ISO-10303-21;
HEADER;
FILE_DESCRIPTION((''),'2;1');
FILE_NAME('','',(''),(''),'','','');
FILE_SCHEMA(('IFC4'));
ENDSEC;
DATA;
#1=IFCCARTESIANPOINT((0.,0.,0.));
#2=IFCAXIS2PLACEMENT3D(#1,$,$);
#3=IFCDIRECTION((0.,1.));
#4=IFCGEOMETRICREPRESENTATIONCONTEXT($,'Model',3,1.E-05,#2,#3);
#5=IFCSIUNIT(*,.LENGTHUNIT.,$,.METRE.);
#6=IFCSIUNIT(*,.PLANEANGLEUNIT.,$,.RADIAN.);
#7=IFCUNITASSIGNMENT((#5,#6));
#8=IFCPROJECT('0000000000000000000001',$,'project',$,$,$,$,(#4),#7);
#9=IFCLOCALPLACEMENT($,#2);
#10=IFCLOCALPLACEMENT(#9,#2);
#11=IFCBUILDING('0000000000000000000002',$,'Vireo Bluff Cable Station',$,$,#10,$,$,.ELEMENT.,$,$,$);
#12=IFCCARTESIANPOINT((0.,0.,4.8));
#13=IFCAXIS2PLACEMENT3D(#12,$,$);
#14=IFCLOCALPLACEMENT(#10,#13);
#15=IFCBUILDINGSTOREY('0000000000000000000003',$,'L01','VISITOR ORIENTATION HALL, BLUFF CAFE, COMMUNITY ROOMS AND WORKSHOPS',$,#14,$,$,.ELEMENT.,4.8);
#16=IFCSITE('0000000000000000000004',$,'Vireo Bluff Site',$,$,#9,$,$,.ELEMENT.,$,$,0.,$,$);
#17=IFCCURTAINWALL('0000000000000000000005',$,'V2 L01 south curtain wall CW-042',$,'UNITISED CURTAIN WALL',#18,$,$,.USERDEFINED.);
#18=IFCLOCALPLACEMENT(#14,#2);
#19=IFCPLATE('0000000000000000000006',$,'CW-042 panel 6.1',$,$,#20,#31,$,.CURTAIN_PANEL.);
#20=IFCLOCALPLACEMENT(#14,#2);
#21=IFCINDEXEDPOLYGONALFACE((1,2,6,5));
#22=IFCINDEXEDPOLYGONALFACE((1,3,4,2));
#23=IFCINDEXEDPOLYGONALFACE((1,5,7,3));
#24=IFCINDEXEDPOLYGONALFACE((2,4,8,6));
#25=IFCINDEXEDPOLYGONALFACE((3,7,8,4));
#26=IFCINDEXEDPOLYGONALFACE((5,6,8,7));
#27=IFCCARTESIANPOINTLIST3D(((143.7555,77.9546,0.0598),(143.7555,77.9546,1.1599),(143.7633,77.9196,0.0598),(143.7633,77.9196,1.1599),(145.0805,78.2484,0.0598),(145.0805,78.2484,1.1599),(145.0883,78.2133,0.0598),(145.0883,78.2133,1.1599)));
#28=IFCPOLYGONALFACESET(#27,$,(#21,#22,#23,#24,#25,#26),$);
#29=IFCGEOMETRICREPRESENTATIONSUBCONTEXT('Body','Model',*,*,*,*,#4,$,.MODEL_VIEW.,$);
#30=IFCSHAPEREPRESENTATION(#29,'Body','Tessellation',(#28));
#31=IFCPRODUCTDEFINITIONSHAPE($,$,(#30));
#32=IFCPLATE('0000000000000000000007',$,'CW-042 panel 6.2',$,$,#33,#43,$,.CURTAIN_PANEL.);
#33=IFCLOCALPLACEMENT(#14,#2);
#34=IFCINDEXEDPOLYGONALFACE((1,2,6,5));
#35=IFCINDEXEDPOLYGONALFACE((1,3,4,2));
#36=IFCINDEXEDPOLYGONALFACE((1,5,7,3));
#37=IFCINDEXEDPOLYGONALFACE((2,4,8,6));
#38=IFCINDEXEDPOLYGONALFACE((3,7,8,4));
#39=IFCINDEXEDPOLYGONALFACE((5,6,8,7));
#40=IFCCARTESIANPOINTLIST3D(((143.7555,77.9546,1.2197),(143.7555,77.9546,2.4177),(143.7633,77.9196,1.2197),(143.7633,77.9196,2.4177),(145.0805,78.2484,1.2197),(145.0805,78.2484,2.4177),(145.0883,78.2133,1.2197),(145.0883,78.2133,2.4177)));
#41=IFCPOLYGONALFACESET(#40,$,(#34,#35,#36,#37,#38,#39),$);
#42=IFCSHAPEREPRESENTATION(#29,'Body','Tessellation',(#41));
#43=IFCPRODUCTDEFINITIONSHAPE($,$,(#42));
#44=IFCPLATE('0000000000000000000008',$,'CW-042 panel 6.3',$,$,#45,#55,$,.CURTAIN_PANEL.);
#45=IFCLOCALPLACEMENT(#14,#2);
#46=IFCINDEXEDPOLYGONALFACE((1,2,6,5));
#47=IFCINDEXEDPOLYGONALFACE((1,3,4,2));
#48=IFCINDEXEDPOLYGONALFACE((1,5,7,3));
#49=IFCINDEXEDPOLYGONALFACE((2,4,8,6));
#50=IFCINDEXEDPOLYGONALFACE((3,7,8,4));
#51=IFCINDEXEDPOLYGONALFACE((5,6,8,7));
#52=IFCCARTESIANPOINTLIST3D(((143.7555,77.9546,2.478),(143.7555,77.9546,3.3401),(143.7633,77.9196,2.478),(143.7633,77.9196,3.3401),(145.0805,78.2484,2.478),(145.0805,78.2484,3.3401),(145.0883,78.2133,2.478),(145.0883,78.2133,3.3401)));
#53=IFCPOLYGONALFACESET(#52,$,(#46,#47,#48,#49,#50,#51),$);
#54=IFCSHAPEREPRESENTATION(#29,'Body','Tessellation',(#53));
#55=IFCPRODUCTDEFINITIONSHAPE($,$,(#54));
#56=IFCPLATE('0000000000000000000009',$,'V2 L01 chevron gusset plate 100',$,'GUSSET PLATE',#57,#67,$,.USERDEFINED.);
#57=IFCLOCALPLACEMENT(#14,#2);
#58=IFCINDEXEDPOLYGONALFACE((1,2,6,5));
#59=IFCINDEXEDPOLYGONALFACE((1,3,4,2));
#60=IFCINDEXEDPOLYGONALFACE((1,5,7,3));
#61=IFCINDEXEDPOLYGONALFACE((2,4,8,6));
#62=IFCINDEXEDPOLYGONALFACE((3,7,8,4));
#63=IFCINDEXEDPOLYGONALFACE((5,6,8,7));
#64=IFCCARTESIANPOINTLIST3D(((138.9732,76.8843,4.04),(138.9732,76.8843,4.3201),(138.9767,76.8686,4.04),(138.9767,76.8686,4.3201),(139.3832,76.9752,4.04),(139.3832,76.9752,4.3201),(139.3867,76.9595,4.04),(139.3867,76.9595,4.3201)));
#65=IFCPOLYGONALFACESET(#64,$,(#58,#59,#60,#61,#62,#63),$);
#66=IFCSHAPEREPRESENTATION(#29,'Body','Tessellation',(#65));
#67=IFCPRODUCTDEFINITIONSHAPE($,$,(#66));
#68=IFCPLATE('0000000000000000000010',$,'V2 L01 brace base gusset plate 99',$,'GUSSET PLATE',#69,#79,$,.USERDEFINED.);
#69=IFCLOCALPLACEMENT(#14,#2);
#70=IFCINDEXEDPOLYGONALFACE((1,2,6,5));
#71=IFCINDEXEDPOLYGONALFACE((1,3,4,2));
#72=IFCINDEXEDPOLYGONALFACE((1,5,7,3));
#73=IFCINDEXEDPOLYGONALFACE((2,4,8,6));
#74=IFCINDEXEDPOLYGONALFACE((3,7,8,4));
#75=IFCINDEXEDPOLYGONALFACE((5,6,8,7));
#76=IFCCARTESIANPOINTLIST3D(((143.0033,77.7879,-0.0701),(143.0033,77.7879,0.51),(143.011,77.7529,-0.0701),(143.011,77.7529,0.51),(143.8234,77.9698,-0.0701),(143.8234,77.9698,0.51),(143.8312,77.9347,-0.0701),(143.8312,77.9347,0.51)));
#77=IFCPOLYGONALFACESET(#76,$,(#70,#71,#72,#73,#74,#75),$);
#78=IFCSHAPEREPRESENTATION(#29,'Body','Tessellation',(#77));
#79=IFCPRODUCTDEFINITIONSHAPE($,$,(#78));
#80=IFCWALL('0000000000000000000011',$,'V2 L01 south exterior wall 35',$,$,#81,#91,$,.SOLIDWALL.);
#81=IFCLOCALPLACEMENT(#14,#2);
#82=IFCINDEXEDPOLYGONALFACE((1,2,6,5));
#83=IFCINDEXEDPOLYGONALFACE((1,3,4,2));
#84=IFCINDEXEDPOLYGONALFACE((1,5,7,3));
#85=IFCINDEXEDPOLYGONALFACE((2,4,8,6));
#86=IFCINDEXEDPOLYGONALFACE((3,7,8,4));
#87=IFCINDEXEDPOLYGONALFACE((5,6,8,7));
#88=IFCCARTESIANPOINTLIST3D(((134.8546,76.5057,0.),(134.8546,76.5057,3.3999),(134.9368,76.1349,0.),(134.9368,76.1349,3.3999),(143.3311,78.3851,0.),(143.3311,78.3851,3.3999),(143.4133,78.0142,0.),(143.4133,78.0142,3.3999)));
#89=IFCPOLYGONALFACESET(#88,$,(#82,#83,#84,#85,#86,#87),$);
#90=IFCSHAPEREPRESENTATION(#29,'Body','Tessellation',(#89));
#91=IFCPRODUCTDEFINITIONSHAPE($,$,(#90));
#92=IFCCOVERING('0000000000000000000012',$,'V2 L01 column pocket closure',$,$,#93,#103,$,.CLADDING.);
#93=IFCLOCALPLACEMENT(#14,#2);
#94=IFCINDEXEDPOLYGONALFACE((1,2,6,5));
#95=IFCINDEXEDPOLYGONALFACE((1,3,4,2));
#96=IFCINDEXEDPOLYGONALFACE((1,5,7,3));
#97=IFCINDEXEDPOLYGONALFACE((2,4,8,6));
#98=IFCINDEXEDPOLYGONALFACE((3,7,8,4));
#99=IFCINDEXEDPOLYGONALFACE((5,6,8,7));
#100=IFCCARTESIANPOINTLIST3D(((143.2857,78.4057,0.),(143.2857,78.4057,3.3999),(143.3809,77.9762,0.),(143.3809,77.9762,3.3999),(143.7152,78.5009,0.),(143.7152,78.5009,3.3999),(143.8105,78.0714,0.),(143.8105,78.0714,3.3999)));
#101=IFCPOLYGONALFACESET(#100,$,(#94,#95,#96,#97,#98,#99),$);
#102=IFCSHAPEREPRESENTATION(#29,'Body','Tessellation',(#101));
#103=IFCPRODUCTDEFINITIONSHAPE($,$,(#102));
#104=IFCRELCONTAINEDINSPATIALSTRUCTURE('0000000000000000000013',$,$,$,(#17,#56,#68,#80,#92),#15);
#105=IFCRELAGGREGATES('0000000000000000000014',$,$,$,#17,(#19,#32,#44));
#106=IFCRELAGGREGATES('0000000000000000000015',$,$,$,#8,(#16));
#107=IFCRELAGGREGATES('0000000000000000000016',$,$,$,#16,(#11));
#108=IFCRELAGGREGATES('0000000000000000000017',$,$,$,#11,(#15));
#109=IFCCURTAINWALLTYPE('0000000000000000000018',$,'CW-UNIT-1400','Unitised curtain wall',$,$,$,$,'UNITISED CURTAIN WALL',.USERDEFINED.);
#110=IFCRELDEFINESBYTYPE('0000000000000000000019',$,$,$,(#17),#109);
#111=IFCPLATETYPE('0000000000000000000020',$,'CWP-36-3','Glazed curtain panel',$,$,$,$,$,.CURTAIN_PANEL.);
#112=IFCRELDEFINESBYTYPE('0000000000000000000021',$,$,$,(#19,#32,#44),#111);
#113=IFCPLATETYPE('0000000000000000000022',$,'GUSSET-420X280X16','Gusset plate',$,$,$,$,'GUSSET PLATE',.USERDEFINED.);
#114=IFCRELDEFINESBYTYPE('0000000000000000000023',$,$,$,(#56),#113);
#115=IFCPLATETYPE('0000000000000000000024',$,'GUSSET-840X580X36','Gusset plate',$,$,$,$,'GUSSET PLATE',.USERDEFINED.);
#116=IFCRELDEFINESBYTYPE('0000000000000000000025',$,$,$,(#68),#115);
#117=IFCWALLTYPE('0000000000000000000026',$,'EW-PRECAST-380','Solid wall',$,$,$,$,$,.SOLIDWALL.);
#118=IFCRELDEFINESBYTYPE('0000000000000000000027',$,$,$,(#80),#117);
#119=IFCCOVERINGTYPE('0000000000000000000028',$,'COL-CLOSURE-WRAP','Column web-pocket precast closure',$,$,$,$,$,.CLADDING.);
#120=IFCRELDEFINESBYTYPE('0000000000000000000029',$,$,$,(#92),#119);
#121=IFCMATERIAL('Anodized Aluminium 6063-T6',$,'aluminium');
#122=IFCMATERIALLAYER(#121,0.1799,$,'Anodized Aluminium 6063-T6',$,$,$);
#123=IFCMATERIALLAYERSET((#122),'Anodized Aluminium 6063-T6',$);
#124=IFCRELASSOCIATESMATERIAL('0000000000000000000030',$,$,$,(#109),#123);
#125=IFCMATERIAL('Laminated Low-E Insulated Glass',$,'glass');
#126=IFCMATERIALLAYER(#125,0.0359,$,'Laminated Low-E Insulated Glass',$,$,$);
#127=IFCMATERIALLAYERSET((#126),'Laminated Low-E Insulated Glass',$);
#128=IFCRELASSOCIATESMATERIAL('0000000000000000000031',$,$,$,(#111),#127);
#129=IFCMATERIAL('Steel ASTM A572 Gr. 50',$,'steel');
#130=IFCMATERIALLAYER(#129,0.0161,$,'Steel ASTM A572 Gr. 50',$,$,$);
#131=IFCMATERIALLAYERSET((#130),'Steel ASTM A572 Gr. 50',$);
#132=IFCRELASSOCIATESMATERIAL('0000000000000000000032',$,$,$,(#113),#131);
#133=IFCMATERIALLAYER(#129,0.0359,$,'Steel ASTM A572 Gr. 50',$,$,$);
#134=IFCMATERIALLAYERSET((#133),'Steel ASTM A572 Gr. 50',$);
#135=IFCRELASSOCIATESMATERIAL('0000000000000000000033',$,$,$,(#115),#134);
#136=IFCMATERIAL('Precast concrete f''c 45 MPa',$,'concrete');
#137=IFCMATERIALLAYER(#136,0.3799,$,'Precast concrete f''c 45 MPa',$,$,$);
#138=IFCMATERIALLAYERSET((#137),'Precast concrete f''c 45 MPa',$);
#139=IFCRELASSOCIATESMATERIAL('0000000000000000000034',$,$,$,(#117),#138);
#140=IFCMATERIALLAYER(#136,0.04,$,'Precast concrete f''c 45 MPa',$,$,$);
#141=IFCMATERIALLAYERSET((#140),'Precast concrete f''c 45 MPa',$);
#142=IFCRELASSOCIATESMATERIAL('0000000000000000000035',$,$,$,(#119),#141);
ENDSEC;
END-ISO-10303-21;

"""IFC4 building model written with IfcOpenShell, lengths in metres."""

from ifc_helpers import new_model, si_unit, direction, frame, frame_2d, origin, origin_2d, place, context, subcontext, project, spatial, rectangle, extrude, material, layer, layer_set, type_object, element, aggregate, save


model = new_model("IFC4")

# Units and contexts
model_context = context("Model", 3, precision=1e-05, world=origin(), true_north=direction((0.0, 1.0)))
body_context = subcontext(model_context, "Body", "Model", "MODEL_VIEW")
ifc_project = project(units=[si_unit("LENGTHUNIT", "METRE"), si_unit("PLANEANGLEUNIT", "RADIAN")], contexts=[model_context])

# Site, building, storey
site_placement = place(None, origin())
site = spatial("IfcSite", under=ifc_project, at=site_placement, Name="Vireo Bluff Site", CompositionType="ELEMENT", RefElevation=0.0)
building_placement = place(site_placement, origin())
building = spatial("IfcBuilding", under=site, at=building_placement, Name="Vireo Bluff Cable Station", CompositionType="ELEMENT")
storey_placement = place(building_placement, frame((0.0, 0.0, 4.8)))
storey = spatial("IfcBuildingStorey", under=building, at=storey_placement, Name="L01", Description="VISITOR ORIENTATION HALL, BLUFF CAFE, COMMUNITY ROOMS AND WORKSHOPS", CompositionType="ELEMENT", Elevation=4.8)

# Curtain wall
ifc_material_1 = material(Name="Anodized Aluminium 6063-T6", Category="aluminium")
ifc_layer_1 = layer(ifc_material_1, 0.1799, Name="Anodized Aluminium 6063-T6")
ifc_layer_set_1 = layer_set([ifc_layer_1], Name="Anodized Aluminium 6063-T6")
curtain_wall_type = type_object("IfcCurtainWallType", Name="CW-UNIT-1400", Description="Unitised curtain wall", ElementType="UNITISED CURTAIN WALL", PredefinedType="USERDEFINED", material=ifc_layer_set_1)
curtain_wall_placement = place(storey_placement, origin())
curtain_wall = element("IfcCurtainWall", 1, at=curtain_wall_placement, inside=storey, type_object=curtain_wall_type, Name="V2 L01 south curtain wall CW-042", ObjectType="UNITISED CURTAIN WALL", PredefinedType="USERDEFINED")

# Plates
ifc_material_2 = material(Name="Laminated Low-E Insulated Glass", Category="glass")
ifc_layer_2 = layer(ifc_material_2, 0.0359, Name="Laminated Low-E Insulated Glass")
ifc_layer_set_2 = layer_set([ifc_layer_2], Name="Laminated Low-E Insulated Glass")
plate_type_1 = type_object("IfcPlateType", Name="CWP-36-3", Description="Glazed curtain panel", PredefinedType="CURTAIN_PANEL", material=ifc_layer_set_2)
plate_1_placement = place(storey_placement, frame((144.4219, 78.084, 0.0598), z_axis=(0.0, 0.0, 1.0), x_axis=(-0.976296, -0.21644, 0.0)))
plate_1 = element("IfcPlate", 2, at=plate_1_placement, type_object=plate_type_1, Name="CW-042 panel 6.1", PredefinedType="CURTAIN_PANEL", context=body_context, shape_type="SweptSolid", body=[
    extrude(rectangle(XDim=1.3572, YDim=0.0359, at=origin_2d()), origin(), (0.0, 0.0, 1.0), 1.1001),
])
plate_2_placement = place(storey_placement, frame((144.4219, 78.084, 1.2197), z_axis=(0.0, 0.0, 1.0), x_axis=(-0.976296, -0.21644, 0.0)))
plate_2 = element("IfcPlate", 3, at=plate_2_placement, type_object=plate_type_1, Name="CW-042 panel 6.2", PredefinedType="CURTAIN_PANEL", context=body_context, shape_type="SweptSolid", body=[
    extrude(rectangle(XDim=1.3572, YDim=0.0359, at=origin_2d()), origin(), (0.0, 0.0, 1.0), 1.198),
])
plate_3_placement = place(storey_placement, frame((144.4219, 78.084, 2.478), z_axis=(0.0, 0.0, 1.0), x_axis=(-0.976296, -0.21644, 0.0)))
plate_3 = element("IfcPlate", 4, at=plate_3_placement, type_object=plate_type_1, Name="CW-042 panel 6.3", PredefinedType="CURTAIN_PANEL", context=body_context, shape_type="SweptSolid", body=[
    extrude(rectangle(XDim=1.3572, YDim=0.0359, at=origin_2d()), origin(), (0.0, 0.0, 1.0), 0.8621),
])
aggregate(curtain_wall, [plate_1, plate_2, plate_3])

# Plates
ifc_material_3 = material(Name="Steel ASTM A572 Gr. 50", Category="steel")
ifc_layer_3 = layer(ifc_material_3, 0.0161, Name="Steel ASTM A572 Gr. 50")
ifc_layer_set_3 = layer_set([ifc_layer_3], Name="Steel ASTM A572 Gr. 50")
plate_type_2 = type_object("IfcPlateType", Name="GUSSET-420X280X16", Description="Gusset plate", ElementType="GUSSET PLATE", PredefinedType="USERDEFINED", material=ifc_layer_set_3)
plate_4_placement = place(storey_placement, frame((139.1799, 76.9219, 4.04), z_axis=(0.0, 0.0, 1.0), x_axis=(0.976296, 0.21644, 0.0)))
element("IfcPlate", 5, at=plate_4_placement, inside=storey, type_object=plate_type_2, Name="V2 L01 chevron gusset plate 100", ObjectType="GUSSET PLATE", PredefinedType="USERDEFINED", context=body_context, shape_type="SweptSolid", body=[
    extrude(rectangle(XDim=0.4199, YDim=0.0161, at=origin_2d()), origin(), (0.0, 0.0, 1.0), 0.28),
])
ifc_layer_4 = layer(ifc_material_3, 0.0359, Name="Steel ASTM A572 Gr. 50")
ifc_layer_set_4 = layer_set([ifc_layer_4], Name="Steel ASTM A572 Gr. 50")
plate_type_3 = type_object("IfcPlateType", Name="GUSSET-840X580X36", Description="Gusset plate", ElementType="GUSSET PLATE", PredefinedType="USERDEFINED", material=ifc_layer_set_4)
plate_5_placement = place(storey_placement, frame((143.4172, 77.8613, -0.0701), z_axis=(0.0, 0.0, 1.0), x_axis=(0.976296, 0.21644, 0.0)))
element("IfcPlate", 6, at=plate_5_placement, inside=storey, type_object=plate_type_3, Name="V2 L01 brace base gusset plate 99", ObjectType="GUSSET PLATE", PredefinedType="USERDEFINED", context=body_context, shape_type="SweptSolid", body=[
    extrude(rectangle(XDim=0.8401, YDim=0.0359, at=origin_2d()), origin(), (0.0, 0.0, 1.0), 0.5801),
])

# Wall
ifc_material_4 = material(Name="Precast concrete f'c 45 MPa", Category="concrete")
ifc_layer_5 = layer(ifc_material_4, 0.3799, Name="Precast concrete f'c 45 MPa")
ifc_layer_set_5 = layer_set([ifc_layer_5], Name="Precast concrete f'c 45 MPa")
wall_type = type_object("IfcWallType", Name="EW-PRECAST-380", Description="Solid wall", PredefinedType="SOLIDWALL", material=ifc_layer_set_5)
wall_placement = place(storey_placement, frame((143.3723, 78.1997, 0.0), z_axis=(0.0, 0.0, 1.0), x_axis=(-0.976291, -0.21646, 0.0)))
element("IfcWall", 7, at=wall_placement, inside=storey, type_object=wall_type, Name="V2 L01 south exterior wall 35", PredefinedType="SOLIDWALL", context=body_context, shape_type="SweptSolid", body=[
    extrude(rectangle(XDim=8.6824, YDim=0.3799, at=frame_2d((4.3413, 0.0))), origin(), (0.0, 0.0, 1.0), 3.3999),
])

# Covering
ifc_layer_6 = layer(ifc_material_4, 0.04, Name="Precast concrete f'c 45 MPa")
ifc_layer_set_6 = layer_set([ifc_layer_6], Name="Precast concrete f'c 45 MPa")
covering_type = type_object("IfcCoveringType", Name="COL-CLOSURE-WRAP", Description="Column web-pocket precast closure", PredefinedType="CLADDING", material=ifc_layer_set_6)
covering_placement = place(storey_placement, frame((143.5481, 78.2385, 0.0), z_axis=(0.0, 0.0, 1.0), x_axis=(0.976296, 0.21644, 0.0)))
element("IfcCovering", 8, at=covering_placement, inside=storey, type_object=covering_type, Name="V2 L01 column pocket closure", PredefinedType="CLADDING", context=body_context, shape_type="SweptSolid", body=[
    extrude(rectangle(XDim=0.4399, YDim=0.4399, at=origin_2d()), origin(), (0.0, 0.0, 1.0), 3.3999),
])

save(model, "model.ifc")
